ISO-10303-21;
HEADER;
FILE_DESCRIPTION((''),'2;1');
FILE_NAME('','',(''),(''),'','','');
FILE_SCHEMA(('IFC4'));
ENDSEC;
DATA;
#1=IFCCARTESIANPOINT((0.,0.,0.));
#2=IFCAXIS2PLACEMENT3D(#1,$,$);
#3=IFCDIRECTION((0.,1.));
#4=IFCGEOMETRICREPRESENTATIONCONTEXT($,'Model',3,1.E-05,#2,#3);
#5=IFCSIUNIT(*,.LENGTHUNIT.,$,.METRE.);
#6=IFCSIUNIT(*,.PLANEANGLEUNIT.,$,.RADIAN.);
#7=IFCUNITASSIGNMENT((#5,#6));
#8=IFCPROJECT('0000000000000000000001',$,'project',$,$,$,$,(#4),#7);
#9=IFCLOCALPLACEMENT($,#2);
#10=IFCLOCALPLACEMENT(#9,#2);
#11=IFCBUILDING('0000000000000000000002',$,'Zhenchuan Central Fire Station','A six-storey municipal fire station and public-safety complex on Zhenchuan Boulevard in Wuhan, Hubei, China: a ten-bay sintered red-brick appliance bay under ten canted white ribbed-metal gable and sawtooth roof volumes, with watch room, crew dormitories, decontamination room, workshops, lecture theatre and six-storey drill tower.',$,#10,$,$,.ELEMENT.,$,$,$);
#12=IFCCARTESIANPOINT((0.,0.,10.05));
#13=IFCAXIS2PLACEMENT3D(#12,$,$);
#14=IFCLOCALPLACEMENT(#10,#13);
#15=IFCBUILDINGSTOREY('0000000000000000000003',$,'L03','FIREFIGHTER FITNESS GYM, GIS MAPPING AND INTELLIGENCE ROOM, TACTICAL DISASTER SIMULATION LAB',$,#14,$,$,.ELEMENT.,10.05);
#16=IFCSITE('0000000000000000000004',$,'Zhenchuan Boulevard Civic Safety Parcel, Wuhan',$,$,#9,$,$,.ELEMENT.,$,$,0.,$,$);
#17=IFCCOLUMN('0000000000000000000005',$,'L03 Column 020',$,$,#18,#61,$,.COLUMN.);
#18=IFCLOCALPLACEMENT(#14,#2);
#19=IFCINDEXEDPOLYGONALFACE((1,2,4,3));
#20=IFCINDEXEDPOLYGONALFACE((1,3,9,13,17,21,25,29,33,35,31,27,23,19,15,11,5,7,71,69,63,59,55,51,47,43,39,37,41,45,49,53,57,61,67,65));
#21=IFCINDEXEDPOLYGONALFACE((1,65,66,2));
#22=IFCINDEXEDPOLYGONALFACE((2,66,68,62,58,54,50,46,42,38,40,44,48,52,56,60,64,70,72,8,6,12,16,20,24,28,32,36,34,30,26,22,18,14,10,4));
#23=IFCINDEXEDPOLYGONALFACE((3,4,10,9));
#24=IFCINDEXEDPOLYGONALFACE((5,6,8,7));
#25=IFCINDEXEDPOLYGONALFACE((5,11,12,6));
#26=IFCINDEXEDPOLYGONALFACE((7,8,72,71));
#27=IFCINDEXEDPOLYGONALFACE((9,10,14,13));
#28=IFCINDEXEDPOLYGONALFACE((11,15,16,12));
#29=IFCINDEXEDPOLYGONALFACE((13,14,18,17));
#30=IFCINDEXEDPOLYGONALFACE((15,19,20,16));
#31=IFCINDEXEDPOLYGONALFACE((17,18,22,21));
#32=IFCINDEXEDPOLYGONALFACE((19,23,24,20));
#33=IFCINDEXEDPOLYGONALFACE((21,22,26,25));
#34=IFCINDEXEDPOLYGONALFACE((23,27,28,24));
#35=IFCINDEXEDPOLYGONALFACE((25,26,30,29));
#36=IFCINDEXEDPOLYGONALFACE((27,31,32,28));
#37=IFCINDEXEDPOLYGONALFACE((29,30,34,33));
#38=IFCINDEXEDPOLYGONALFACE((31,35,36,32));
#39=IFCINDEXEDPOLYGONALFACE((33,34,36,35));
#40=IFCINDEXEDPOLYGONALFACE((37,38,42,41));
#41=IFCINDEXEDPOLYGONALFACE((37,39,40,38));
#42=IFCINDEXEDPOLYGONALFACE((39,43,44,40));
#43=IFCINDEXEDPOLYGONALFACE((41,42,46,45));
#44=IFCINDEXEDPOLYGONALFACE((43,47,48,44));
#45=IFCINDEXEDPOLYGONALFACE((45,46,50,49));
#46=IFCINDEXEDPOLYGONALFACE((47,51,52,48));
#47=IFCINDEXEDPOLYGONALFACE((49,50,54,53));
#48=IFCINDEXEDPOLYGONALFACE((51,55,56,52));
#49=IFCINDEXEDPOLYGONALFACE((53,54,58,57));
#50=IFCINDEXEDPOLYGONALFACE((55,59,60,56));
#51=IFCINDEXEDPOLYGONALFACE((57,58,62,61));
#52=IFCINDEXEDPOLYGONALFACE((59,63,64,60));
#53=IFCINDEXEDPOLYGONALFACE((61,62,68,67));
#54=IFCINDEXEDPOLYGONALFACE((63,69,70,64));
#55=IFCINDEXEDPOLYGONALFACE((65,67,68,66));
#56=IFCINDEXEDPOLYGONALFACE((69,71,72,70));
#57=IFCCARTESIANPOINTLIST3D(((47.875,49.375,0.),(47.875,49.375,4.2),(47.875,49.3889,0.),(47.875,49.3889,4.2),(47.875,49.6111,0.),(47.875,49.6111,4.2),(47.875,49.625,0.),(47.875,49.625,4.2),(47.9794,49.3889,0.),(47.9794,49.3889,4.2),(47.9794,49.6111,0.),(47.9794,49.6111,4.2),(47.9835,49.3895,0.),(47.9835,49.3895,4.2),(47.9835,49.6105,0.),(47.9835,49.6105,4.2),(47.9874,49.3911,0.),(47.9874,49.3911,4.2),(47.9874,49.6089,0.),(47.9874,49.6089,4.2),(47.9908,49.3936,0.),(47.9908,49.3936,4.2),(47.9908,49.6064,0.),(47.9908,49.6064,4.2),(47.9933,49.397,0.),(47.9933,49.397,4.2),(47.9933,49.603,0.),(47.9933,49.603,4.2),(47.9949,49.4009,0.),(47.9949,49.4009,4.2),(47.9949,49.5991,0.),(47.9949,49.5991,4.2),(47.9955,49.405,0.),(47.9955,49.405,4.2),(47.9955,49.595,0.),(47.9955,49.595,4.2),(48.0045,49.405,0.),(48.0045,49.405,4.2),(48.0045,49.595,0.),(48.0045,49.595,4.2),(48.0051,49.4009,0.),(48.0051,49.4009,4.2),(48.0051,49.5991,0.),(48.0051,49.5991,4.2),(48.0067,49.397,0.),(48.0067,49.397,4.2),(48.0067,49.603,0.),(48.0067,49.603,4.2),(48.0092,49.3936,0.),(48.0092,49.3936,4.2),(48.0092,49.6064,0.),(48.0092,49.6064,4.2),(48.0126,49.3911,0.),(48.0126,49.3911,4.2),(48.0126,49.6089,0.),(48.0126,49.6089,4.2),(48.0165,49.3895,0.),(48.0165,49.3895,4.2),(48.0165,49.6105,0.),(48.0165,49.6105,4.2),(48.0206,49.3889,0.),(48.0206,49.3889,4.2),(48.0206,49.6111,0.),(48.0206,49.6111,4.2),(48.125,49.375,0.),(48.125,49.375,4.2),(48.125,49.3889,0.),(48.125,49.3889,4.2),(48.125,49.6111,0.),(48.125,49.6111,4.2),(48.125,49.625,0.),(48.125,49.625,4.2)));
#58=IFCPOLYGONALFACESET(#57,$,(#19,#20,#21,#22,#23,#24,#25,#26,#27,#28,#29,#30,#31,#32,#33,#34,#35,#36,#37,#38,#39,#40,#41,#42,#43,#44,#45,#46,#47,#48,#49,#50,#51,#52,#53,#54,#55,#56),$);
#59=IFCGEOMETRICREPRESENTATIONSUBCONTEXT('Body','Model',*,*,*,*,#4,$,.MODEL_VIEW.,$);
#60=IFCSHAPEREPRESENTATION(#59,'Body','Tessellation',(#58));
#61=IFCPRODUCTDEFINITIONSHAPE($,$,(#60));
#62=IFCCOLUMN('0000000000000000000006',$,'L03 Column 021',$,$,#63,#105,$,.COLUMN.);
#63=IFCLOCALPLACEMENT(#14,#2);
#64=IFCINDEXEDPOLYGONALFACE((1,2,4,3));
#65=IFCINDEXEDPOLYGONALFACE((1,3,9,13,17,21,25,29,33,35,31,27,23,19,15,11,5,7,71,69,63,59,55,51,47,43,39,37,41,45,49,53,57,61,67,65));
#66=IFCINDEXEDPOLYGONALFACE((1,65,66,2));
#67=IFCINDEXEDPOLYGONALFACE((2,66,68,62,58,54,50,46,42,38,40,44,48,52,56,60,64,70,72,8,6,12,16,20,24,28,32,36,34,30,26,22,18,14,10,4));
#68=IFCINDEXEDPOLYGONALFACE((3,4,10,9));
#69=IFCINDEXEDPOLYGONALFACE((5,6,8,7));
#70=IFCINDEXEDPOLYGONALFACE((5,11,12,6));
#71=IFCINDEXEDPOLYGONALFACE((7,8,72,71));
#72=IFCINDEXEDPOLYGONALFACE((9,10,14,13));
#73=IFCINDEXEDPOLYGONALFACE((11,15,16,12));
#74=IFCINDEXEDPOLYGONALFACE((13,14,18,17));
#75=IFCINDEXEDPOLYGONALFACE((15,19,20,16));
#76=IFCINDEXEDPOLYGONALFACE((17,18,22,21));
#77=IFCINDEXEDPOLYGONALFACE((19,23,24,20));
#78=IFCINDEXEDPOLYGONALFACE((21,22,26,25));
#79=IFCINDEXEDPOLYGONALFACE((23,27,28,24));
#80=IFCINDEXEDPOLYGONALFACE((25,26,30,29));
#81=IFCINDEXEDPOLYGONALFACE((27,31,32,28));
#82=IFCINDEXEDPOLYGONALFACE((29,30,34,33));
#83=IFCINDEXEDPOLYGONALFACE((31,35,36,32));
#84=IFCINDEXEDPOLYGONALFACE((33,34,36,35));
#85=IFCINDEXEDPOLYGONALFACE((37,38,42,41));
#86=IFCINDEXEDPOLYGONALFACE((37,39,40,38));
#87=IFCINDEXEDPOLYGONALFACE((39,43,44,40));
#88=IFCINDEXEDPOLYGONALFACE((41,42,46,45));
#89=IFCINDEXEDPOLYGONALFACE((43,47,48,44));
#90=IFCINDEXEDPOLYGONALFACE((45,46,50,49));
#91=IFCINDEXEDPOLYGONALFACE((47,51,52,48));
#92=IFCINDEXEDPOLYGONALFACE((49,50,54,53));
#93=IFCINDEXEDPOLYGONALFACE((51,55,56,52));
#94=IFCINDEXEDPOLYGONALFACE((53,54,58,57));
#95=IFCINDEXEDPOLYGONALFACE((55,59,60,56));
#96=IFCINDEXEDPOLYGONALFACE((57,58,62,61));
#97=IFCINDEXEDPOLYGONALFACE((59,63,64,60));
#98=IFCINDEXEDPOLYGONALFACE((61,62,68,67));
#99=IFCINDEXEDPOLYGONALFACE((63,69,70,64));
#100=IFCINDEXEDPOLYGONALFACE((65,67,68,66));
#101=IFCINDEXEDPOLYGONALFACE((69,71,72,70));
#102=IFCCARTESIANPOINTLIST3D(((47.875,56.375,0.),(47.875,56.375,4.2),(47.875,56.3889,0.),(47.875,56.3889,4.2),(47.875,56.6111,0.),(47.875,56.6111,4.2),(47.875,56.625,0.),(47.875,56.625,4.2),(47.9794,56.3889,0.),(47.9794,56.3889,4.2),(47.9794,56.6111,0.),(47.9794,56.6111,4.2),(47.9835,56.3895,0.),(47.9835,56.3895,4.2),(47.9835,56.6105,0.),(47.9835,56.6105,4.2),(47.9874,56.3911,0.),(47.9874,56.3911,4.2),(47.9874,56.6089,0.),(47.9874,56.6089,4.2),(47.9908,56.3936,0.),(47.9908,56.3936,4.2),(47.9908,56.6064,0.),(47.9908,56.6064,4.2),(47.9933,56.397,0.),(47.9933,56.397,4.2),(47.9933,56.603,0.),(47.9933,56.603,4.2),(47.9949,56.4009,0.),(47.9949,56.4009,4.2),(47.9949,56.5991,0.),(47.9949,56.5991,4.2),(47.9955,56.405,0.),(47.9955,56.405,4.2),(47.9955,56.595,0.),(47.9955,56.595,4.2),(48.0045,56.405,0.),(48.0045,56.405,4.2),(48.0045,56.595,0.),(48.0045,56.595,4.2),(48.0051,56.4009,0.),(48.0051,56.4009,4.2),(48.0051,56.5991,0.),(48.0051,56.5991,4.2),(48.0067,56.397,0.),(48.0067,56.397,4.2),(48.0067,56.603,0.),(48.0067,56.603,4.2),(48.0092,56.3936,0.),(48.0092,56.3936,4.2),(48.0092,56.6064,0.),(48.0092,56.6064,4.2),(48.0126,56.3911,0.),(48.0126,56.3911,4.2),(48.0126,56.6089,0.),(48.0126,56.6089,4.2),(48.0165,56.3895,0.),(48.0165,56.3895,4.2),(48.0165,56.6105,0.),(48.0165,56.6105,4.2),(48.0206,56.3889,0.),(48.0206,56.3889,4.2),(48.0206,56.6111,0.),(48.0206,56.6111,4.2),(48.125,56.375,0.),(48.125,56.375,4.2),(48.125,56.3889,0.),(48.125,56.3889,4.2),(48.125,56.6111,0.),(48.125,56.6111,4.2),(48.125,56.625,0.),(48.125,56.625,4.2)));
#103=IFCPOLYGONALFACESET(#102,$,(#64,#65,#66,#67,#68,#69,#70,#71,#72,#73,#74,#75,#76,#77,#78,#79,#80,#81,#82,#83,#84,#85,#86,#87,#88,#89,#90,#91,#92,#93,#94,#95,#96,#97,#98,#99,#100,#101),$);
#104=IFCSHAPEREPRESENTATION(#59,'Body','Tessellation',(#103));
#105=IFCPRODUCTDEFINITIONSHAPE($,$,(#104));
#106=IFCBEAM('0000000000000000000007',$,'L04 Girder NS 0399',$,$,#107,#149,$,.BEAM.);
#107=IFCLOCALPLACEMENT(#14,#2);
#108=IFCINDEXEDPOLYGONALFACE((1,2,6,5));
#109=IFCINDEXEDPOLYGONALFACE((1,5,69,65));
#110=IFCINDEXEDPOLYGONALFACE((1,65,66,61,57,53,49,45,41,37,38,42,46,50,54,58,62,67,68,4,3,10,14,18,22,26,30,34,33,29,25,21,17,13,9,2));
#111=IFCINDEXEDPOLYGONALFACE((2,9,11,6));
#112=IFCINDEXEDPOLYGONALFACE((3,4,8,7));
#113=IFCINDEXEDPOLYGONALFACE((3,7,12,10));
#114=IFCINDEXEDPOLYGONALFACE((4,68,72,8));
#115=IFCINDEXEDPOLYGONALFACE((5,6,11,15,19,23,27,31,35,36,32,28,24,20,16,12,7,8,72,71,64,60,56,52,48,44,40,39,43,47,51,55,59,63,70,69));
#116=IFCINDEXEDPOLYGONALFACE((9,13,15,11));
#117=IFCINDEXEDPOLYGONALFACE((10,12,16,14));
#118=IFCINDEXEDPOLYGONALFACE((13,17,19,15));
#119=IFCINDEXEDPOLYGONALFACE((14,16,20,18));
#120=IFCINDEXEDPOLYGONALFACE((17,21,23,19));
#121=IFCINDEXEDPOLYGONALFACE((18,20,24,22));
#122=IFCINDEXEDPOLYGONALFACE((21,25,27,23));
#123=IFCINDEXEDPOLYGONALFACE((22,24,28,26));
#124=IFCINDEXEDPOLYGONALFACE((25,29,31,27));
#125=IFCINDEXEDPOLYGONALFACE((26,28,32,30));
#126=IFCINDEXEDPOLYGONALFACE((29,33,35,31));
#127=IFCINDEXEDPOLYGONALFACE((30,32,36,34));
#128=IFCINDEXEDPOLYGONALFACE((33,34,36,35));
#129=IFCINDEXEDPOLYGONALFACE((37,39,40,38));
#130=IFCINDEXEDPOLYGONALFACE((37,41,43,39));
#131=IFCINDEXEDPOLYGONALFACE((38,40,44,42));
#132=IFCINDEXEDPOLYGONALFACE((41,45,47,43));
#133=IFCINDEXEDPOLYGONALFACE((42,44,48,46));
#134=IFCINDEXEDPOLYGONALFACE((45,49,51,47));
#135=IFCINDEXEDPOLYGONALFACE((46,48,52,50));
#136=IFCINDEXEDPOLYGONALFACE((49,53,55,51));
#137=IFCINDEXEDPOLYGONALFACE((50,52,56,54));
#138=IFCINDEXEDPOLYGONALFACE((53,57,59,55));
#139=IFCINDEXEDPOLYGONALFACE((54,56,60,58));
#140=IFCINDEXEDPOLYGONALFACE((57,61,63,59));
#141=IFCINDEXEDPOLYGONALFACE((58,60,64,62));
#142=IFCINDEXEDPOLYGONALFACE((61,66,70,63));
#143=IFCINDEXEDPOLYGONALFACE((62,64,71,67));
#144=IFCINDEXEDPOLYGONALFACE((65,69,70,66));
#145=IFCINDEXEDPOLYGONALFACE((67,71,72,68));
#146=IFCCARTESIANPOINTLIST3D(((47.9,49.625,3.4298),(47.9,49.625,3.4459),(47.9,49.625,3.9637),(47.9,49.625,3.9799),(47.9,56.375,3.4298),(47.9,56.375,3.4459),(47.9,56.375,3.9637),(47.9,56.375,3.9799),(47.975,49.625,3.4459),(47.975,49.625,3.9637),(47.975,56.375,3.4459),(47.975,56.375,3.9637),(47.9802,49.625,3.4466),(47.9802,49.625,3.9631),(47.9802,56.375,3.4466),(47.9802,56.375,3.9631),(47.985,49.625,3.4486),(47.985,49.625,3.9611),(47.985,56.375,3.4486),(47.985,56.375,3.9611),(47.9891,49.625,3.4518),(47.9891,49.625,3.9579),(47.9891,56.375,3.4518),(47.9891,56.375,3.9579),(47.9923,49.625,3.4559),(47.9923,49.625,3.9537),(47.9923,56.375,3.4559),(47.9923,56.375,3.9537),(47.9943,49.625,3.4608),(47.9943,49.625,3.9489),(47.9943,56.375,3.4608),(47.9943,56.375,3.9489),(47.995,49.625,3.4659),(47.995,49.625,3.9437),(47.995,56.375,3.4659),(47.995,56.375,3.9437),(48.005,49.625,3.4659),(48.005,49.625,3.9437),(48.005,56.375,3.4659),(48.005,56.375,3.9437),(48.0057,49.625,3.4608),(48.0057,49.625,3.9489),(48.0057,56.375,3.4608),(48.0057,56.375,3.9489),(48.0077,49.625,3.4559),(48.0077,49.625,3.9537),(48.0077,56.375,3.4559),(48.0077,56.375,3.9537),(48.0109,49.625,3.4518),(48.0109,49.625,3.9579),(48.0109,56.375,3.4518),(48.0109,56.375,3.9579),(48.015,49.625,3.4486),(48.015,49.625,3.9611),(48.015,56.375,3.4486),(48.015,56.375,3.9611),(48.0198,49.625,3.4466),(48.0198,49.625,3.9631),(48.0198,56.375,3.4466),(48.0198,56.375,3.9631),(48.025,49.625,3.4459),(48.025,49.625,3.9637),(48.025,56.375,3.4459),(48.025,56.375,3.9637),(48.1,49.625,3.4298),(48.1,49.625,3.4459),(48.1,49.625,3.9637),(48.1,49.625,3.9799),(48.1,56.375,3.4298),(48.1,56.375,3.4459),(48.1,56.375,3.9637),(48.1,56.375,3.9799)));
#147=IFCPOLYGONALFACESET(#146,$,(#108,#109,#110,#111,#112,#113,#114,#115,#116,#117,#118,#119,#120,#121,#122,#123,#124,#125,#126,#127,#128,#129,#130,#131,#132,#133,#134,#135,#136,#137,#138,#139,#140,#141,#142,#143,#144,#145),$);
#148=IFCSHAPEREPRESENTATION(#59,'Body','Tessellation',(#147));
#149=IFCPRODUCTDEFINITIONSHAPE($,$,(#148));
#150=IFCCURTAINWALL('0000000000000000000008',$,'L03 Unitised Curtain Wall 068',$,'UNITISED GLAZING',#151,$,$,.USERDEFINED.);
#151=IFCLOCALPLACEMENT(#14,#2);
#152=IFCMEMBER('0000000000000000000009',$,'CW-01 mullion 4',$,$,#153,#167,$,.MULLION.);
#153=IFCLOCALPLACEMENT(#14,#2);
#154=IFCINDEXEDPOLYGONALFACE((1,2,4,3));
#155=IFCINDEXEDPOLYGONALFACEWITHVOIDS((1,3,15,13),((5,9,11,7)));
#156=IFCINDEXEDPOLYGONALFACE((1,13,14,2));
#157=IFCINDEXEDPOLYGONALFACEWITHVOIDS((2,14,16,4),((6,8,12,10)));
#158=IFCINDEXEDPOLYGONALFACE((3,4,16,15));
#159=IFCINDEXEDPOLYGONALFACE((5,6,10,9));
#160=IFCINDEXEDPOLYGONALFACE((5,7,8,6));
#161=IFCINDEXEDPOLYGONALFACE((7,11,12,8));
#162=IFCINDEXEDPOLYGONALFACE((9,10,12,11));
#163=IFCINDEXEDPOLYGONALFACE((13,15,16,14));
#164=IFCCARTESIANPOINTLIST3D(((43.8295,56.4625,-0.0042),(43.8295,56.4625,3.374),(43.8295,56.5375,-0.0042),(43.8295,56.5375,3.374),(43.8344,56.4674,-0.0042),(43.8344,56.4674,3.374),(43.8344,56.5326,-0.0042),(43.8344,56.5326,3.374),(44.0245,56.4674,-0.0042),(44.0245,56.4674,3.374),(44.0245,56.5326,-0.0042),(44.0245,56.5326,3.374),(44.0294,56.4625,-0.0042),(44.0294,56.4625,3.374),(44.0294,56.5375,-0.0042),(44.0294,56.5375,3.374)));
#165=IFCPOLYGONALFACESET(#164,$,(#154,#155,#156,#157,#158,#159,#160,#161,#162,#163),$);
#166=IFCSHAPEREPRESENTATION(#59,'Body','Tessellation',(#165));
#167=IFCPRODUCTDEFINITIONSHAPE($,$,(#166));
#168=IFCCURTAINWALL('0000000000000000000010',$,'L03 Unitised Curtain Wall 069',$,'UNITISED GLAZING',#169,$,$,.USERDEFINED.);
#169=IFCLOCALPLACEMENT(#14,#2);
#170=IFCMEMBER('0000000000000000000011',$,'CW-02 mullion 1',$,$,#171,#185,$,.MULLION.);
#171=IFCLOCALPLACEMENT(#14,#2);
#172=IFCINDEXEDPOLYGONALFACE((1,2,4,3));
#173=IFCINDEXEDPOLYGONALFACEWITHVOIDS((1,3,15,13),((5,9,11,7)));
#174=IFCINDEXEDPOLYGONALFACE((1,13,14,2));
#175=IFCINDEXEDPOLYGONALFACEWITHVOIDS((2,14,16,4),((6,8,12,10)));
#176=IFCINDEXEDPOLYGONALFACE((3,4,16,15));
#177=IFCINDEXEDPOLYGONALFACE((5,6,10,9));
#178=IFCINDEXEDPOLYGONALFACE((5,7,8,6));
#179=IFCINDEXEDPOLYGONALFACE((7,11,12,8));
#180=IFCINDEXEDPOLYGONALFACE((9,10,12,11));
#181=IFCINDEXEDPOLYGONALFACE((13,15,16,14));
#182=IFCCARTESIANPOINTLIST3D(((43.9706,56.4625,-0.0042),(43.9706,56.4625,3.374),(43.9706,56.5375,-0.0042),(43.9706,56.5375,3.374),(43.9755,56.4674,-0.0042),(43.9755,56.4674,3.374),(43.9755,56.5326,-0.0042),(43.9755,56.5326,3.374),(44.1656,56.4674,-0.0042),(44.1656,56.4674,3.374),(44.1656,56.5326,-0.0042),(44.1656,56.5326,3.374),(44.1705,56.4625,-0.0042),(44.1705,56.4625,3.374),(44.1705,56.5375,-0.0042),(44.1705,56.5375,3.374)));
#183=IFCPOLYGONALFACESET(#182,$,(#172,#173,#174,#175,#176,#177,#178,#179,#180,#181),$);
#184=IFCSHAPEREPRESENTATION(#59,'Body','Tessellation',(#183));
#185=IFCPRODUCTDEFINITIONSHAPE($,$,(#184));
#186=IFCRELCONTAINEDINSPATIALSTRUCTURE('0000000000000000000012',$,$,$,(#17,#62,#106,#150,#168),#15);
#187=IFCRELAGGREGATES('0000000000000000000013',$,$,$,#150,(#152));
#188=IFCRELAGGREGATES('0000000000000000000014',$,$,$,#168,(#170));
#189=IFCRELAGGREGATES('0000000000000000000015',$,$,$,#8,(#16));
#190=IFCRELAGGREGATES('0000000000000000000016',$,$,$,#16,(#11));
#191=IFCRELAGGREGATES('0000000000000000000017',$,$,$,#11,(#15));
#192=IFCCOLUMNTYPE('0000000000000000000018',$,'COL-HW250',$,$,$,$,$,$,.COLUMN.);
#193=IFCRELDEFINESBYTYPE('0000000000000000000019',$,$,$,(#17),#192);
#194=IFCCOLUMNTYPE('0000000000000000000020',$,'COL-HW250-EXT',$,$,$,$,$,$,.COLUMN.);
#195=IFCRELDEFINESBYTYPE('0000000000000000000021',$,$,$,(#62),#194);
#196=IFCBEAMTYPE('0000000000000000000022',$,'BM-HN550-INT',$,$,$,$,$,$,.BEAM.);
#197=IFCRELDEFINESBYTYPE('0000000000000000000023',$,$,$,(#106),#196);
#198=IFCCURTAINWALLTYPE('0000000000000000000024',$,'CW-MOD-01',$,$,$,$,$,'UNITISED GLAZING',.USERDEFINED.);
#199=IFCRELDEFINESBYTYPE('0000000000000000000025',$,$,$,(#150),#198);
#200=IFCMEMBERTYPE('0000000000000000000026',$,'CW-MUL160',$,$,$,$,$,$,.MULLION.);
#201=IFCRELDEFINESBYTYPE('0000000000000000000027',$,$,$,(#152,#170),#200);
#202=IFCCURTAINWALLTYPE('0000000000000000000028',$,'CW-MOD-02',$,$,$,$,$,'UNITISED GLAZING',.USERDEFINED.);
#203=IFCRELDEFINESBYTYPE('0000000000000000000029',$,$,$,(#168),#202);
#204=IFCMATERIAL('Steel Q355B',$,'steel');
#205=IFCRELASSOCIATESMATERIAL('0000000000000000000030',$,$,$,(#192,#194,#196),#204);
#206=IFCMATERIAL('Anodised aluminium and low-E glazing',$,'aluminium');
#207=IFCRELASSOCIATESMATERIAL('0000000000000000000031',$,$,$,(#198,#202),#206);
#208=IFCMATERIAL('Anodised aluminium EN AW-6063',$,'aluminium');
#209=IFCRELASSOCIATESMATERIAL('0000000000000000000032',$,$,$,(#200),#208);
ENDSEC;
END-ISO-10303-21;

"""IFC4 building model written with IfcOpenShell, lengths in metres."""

from ifc_helpers import new_model, si_unit, direction, frame, origin, origin_2d, place, context, subcontext, project, spatial, hollow_rectangle, i_section, extrude, material, material_profile, profile_set, type_object, element, aggregate, save


model = new_model("IFC4")

# Units and contexts
model_context = context("Model", 3, precision=1e-05, world=origin(), true_north=direction((0.0, 1.0)))
body_context = subcontext(model_context, "Body", "Model", "MODEL_VIEW")
ifc_project = project(units=[si_unit("LENGTHUNIT", "METRE"), si_unit("PLANEANGLEUNIT", "RADIAN")], contexts=[model_context])

# Site, building, storey
site_placement = place(None, origin())
site = spatial("IfcSite", under=ifc_project, at=site_placement, Name="Zhenchuan Boulevard Civic Safety Parcel, Wuhan", CompositionType="ELEMENT", RefElevation=0.0)
building_placement = place(site_placement, origin())
building = spatial("IfcBuilding", under=site, at=building_placement, Name="Zhenchuan Central Fire Station", Description="A six-storey municipal fire station and public-safety complex on Zhenchuan Boulevard in Wuhan, Hubei, China: a ten-bay sintered red-brick appliance bay under ten canted white ribbed-metal gable and sawtooth roof volumes, with watch room, crew dormitories, decontamination room, workshops, lecture theatre and six-storey drill tower.", CompositionType="ELEMENT")
storey_placement = place(building_placement, frame((0.0, 0.0, 10.05)))
storey = spatial("IfcBuildingStorey", under=building, at=storey_placement, Name="L03", Description="FIREFIGHTER FITNESS GYM, GIS MAPPING AND INTELLIGENCE ROOM, TACTICAL DISASTER SIMULATION LAB", CompositionType="ELEMENT", Elevation=10.05)

# Columns
ifc_material_1 = material(Name="Steel Q355B", Category="steel")
ifc_material_profile_1 = material_profile(ifc_material_1, i_section(OverallWidth=0.25, OverallDepth=0.25, WebThickness=0.009, FlangeThickness=0.0139, FilletRadius=0.0161, at=origin_2d()), Name="HW 250x250")
ifc_profile_set_1 = profile_set([ifc_material_profile_1], Name="Steel Q355B")
column_type_1 = type_object("IfcColumnType", Name="COL-HW250", PredefinedType="COLUMN", material=ifc_profile_set_1)
column_1_placement = place(storey_placement, frame((48.0, 49.5, 0.0), z_axis=(0.0, 0.0, 1.0), x_axis=(1.0, 0.0, 0.0)))
element("IfcColumn", 1, at=column_1_placement, inside=storey, type_object=column_type_1, Name="L03 Column 020", PredefinedType="COLUMN", context=body_context, shape_type="SweptSolid", body=[
    extrude(i_section(OverallWidth=0.25, OverallDepth=0.25, WebThickness=0.009, FlangeThickness=0.0139, FilletRadius=0.0161, at=origin_2d()), origin(), (0.0, 0.0, 1.0), 4.2),
])
ifc_material_profile_2 = material_profile(ifc_material_1, i_section(OverallWidth=0.25, OverallDepth=0.25, WebThickness=0.009, FlangeThickness=0.0139, FilletRadius=0.0161, at=origin_2d()), Name="HW 250x250")
ifc_profile_set_2 = profile_set([ifc_material_profile_2], Name="Steel Q355B")
column_type_2 = type_object("IfcColumnType", Name="COL-HW250-EXT", PredefinedType="COLUMN", material=ifc_profile_set_2)
column_2_placement = place(storey_placement, frame((48.0, 56.5, 0.0), z_axis=(0.0, 0.0, 1.0), x_axis=(1.0, 0.0, 0.0)))
element("IfcColumn", 2, at=column_2_placement, inside=storey, type_object=column_type_2, Name="L03 Column 021", PredefinedType="COLUMN", context=body_context, shape_type="SweptSolid", body=[
    extrude(i_section(OverallWidth=0.25, OverallDepth=0.25, WebThickness=0.009, FlangeThickness=0.0139, FilletRadius=0.0161, at=origin_2d()), origin(), (0.0, 0.0, 1.0), 4.2),
])

# Beam
ifc_material_profile_3 = material_profile(ifc_material_1, i_section(OverallWidth=0.2, OverallDepth=0.55, WebThickness=0.01, FlangeThickness=0.0161, FilletRadius=0.02, at=origin_2d()), Name="HN 550x200")
ifc_profile_set_3 = profile_set([ifc_material_profile_3], Name="Steel Q355B")
beam_type_1 = type_object("IfcBeamType", Name="BM-HN550-INT", PredefinedType="BEAM", material=ifc_profile_set_3)
beam_1_placement = place(storey_placement, frame((48.0, 49.625, 3.7048), z_axis=(0.0, 1.0, 0.0), x_axis=(-1.0, 0.0, 0.0)))
element("IfcBeam", 3, at=beam_1_placement, inside=storey, type_object=beam_type_1, Name="L04 Girder NS 0399", PredefinedType="BEAM", context=body_context, shape_type="SweptSolid", body=[
    extrude(i_section(OverallWidth=0.2, OverallDepth=0.55, WebThickness=0.01, FlangeThickness=0.0161, FilletRadius=0.02, at=origin_2d()), origin(), (0.0, 0.0, 1.0), 6.75),
])

# Curtain wall, member
ifc_material_2 = material(Name="Anodised aluminium and low-E glazing", Category="aluminium")
curtain_wall_type_1 = type_object("IfcCurtainWallType", Name="CW-MOD-01", ElementType="UNITISED GLAZING", PredefinedType="USERDEFINED", material=ifc_material_2)
curtain_wall_1_placement = place(storey_placement, origin())
curtain_wall_1 = element("IfcCurtainWall", 4, at=curtain_wall_1_placement, inside=storey, type_object=curtain_wall_type_1, Name="L03 Unitised Curtain Wall 068", ObjectType="UNITISED GLAZING", PredefinedType="USERDEFINED")
ifc_material_3 = material(Name="Anodised aluminium EN AW-6063", Category="aluminium")
ifc_material_profile_4 = material_profile(ifc_material_3, hollow_rectangle(XDim=0.075, YDim=0.2, WallThickness=0.0049, at=origin_2d()), Name="ALU-M 200x75")
ifc_profile_set_4 = profile_set([ifc_material_profile_4], Name="Anodised aluminium EN AW-6063")
member_type_1 = type_object("IfcMemberType", Name="CW-MUL160", PredefinedType="MULLION", material=ifc_profile_set_4)
member_1_placement = place(storey_placement, frame((43.9294, 56.5, -0.0042), z_axis=(0.0, 0.0, 1.0), x_axis=(0.0, 1.0, 0.0)))
member_1 = element("IfcMember", 5, at=member_1_placement, type_object=member_type_1, Name="CW-01 mullion 4", PredefinedType="MULLION", context=body_context, shape_type="SweptSolid", body=[
    extrude(hollow_rectangle(XDim=0.075, YDim=0.2, WallThickness=0.0049, at=origin_2d()), origin(), (0.0, 0.0, 1.0), 3.3782),
])
aggregate(curtain_wall_1, [member_1])

# Curtain wall, member
curtain_wall_type_2 = type_object("IfcCurtainWallType", Name="CW-MOD-02", ElementType="UNITISED GLAZING", PredefinedType="USERDEFINED", material=ifc_material_2)
curtain_wall_2_placement = place(storey_placement, origin())
curtain_wall_2 = element("IfcCurtainWall", 6, at=curtain_wall_2_placement, inside=storey, type_object=curtain_wall_type_2, Name="L03 Unitised Curtain Wall 069", ObjectType="UNITISED GLAZING", PredefinedType="USERDEFINED")
member_2_placement = place(storey_placement, frame((44.0706, 56.5, -0.0042), z_axis=(0.0, 0.0, 1.0), x_axis=(0.0, 1.0, 0.0)))
member_2 = element("IfcMember", 7, at=member_2_placement, type_object=member_type_1, Name="CW-02 mullion 1", PredefinedType="MULLION", context=body_context, shape_type="SweptSolid", body=[
    extrude(hollow_rectangle(XDim=0.075, YDim=0.2, WallThickness=0.0049, at=origin_2d()), origin(), (0.0, 0.0, 1.0), 3.3782),
])

aggregate(curtain_wall_2, [member_2])

save(model, "model.ifc")
